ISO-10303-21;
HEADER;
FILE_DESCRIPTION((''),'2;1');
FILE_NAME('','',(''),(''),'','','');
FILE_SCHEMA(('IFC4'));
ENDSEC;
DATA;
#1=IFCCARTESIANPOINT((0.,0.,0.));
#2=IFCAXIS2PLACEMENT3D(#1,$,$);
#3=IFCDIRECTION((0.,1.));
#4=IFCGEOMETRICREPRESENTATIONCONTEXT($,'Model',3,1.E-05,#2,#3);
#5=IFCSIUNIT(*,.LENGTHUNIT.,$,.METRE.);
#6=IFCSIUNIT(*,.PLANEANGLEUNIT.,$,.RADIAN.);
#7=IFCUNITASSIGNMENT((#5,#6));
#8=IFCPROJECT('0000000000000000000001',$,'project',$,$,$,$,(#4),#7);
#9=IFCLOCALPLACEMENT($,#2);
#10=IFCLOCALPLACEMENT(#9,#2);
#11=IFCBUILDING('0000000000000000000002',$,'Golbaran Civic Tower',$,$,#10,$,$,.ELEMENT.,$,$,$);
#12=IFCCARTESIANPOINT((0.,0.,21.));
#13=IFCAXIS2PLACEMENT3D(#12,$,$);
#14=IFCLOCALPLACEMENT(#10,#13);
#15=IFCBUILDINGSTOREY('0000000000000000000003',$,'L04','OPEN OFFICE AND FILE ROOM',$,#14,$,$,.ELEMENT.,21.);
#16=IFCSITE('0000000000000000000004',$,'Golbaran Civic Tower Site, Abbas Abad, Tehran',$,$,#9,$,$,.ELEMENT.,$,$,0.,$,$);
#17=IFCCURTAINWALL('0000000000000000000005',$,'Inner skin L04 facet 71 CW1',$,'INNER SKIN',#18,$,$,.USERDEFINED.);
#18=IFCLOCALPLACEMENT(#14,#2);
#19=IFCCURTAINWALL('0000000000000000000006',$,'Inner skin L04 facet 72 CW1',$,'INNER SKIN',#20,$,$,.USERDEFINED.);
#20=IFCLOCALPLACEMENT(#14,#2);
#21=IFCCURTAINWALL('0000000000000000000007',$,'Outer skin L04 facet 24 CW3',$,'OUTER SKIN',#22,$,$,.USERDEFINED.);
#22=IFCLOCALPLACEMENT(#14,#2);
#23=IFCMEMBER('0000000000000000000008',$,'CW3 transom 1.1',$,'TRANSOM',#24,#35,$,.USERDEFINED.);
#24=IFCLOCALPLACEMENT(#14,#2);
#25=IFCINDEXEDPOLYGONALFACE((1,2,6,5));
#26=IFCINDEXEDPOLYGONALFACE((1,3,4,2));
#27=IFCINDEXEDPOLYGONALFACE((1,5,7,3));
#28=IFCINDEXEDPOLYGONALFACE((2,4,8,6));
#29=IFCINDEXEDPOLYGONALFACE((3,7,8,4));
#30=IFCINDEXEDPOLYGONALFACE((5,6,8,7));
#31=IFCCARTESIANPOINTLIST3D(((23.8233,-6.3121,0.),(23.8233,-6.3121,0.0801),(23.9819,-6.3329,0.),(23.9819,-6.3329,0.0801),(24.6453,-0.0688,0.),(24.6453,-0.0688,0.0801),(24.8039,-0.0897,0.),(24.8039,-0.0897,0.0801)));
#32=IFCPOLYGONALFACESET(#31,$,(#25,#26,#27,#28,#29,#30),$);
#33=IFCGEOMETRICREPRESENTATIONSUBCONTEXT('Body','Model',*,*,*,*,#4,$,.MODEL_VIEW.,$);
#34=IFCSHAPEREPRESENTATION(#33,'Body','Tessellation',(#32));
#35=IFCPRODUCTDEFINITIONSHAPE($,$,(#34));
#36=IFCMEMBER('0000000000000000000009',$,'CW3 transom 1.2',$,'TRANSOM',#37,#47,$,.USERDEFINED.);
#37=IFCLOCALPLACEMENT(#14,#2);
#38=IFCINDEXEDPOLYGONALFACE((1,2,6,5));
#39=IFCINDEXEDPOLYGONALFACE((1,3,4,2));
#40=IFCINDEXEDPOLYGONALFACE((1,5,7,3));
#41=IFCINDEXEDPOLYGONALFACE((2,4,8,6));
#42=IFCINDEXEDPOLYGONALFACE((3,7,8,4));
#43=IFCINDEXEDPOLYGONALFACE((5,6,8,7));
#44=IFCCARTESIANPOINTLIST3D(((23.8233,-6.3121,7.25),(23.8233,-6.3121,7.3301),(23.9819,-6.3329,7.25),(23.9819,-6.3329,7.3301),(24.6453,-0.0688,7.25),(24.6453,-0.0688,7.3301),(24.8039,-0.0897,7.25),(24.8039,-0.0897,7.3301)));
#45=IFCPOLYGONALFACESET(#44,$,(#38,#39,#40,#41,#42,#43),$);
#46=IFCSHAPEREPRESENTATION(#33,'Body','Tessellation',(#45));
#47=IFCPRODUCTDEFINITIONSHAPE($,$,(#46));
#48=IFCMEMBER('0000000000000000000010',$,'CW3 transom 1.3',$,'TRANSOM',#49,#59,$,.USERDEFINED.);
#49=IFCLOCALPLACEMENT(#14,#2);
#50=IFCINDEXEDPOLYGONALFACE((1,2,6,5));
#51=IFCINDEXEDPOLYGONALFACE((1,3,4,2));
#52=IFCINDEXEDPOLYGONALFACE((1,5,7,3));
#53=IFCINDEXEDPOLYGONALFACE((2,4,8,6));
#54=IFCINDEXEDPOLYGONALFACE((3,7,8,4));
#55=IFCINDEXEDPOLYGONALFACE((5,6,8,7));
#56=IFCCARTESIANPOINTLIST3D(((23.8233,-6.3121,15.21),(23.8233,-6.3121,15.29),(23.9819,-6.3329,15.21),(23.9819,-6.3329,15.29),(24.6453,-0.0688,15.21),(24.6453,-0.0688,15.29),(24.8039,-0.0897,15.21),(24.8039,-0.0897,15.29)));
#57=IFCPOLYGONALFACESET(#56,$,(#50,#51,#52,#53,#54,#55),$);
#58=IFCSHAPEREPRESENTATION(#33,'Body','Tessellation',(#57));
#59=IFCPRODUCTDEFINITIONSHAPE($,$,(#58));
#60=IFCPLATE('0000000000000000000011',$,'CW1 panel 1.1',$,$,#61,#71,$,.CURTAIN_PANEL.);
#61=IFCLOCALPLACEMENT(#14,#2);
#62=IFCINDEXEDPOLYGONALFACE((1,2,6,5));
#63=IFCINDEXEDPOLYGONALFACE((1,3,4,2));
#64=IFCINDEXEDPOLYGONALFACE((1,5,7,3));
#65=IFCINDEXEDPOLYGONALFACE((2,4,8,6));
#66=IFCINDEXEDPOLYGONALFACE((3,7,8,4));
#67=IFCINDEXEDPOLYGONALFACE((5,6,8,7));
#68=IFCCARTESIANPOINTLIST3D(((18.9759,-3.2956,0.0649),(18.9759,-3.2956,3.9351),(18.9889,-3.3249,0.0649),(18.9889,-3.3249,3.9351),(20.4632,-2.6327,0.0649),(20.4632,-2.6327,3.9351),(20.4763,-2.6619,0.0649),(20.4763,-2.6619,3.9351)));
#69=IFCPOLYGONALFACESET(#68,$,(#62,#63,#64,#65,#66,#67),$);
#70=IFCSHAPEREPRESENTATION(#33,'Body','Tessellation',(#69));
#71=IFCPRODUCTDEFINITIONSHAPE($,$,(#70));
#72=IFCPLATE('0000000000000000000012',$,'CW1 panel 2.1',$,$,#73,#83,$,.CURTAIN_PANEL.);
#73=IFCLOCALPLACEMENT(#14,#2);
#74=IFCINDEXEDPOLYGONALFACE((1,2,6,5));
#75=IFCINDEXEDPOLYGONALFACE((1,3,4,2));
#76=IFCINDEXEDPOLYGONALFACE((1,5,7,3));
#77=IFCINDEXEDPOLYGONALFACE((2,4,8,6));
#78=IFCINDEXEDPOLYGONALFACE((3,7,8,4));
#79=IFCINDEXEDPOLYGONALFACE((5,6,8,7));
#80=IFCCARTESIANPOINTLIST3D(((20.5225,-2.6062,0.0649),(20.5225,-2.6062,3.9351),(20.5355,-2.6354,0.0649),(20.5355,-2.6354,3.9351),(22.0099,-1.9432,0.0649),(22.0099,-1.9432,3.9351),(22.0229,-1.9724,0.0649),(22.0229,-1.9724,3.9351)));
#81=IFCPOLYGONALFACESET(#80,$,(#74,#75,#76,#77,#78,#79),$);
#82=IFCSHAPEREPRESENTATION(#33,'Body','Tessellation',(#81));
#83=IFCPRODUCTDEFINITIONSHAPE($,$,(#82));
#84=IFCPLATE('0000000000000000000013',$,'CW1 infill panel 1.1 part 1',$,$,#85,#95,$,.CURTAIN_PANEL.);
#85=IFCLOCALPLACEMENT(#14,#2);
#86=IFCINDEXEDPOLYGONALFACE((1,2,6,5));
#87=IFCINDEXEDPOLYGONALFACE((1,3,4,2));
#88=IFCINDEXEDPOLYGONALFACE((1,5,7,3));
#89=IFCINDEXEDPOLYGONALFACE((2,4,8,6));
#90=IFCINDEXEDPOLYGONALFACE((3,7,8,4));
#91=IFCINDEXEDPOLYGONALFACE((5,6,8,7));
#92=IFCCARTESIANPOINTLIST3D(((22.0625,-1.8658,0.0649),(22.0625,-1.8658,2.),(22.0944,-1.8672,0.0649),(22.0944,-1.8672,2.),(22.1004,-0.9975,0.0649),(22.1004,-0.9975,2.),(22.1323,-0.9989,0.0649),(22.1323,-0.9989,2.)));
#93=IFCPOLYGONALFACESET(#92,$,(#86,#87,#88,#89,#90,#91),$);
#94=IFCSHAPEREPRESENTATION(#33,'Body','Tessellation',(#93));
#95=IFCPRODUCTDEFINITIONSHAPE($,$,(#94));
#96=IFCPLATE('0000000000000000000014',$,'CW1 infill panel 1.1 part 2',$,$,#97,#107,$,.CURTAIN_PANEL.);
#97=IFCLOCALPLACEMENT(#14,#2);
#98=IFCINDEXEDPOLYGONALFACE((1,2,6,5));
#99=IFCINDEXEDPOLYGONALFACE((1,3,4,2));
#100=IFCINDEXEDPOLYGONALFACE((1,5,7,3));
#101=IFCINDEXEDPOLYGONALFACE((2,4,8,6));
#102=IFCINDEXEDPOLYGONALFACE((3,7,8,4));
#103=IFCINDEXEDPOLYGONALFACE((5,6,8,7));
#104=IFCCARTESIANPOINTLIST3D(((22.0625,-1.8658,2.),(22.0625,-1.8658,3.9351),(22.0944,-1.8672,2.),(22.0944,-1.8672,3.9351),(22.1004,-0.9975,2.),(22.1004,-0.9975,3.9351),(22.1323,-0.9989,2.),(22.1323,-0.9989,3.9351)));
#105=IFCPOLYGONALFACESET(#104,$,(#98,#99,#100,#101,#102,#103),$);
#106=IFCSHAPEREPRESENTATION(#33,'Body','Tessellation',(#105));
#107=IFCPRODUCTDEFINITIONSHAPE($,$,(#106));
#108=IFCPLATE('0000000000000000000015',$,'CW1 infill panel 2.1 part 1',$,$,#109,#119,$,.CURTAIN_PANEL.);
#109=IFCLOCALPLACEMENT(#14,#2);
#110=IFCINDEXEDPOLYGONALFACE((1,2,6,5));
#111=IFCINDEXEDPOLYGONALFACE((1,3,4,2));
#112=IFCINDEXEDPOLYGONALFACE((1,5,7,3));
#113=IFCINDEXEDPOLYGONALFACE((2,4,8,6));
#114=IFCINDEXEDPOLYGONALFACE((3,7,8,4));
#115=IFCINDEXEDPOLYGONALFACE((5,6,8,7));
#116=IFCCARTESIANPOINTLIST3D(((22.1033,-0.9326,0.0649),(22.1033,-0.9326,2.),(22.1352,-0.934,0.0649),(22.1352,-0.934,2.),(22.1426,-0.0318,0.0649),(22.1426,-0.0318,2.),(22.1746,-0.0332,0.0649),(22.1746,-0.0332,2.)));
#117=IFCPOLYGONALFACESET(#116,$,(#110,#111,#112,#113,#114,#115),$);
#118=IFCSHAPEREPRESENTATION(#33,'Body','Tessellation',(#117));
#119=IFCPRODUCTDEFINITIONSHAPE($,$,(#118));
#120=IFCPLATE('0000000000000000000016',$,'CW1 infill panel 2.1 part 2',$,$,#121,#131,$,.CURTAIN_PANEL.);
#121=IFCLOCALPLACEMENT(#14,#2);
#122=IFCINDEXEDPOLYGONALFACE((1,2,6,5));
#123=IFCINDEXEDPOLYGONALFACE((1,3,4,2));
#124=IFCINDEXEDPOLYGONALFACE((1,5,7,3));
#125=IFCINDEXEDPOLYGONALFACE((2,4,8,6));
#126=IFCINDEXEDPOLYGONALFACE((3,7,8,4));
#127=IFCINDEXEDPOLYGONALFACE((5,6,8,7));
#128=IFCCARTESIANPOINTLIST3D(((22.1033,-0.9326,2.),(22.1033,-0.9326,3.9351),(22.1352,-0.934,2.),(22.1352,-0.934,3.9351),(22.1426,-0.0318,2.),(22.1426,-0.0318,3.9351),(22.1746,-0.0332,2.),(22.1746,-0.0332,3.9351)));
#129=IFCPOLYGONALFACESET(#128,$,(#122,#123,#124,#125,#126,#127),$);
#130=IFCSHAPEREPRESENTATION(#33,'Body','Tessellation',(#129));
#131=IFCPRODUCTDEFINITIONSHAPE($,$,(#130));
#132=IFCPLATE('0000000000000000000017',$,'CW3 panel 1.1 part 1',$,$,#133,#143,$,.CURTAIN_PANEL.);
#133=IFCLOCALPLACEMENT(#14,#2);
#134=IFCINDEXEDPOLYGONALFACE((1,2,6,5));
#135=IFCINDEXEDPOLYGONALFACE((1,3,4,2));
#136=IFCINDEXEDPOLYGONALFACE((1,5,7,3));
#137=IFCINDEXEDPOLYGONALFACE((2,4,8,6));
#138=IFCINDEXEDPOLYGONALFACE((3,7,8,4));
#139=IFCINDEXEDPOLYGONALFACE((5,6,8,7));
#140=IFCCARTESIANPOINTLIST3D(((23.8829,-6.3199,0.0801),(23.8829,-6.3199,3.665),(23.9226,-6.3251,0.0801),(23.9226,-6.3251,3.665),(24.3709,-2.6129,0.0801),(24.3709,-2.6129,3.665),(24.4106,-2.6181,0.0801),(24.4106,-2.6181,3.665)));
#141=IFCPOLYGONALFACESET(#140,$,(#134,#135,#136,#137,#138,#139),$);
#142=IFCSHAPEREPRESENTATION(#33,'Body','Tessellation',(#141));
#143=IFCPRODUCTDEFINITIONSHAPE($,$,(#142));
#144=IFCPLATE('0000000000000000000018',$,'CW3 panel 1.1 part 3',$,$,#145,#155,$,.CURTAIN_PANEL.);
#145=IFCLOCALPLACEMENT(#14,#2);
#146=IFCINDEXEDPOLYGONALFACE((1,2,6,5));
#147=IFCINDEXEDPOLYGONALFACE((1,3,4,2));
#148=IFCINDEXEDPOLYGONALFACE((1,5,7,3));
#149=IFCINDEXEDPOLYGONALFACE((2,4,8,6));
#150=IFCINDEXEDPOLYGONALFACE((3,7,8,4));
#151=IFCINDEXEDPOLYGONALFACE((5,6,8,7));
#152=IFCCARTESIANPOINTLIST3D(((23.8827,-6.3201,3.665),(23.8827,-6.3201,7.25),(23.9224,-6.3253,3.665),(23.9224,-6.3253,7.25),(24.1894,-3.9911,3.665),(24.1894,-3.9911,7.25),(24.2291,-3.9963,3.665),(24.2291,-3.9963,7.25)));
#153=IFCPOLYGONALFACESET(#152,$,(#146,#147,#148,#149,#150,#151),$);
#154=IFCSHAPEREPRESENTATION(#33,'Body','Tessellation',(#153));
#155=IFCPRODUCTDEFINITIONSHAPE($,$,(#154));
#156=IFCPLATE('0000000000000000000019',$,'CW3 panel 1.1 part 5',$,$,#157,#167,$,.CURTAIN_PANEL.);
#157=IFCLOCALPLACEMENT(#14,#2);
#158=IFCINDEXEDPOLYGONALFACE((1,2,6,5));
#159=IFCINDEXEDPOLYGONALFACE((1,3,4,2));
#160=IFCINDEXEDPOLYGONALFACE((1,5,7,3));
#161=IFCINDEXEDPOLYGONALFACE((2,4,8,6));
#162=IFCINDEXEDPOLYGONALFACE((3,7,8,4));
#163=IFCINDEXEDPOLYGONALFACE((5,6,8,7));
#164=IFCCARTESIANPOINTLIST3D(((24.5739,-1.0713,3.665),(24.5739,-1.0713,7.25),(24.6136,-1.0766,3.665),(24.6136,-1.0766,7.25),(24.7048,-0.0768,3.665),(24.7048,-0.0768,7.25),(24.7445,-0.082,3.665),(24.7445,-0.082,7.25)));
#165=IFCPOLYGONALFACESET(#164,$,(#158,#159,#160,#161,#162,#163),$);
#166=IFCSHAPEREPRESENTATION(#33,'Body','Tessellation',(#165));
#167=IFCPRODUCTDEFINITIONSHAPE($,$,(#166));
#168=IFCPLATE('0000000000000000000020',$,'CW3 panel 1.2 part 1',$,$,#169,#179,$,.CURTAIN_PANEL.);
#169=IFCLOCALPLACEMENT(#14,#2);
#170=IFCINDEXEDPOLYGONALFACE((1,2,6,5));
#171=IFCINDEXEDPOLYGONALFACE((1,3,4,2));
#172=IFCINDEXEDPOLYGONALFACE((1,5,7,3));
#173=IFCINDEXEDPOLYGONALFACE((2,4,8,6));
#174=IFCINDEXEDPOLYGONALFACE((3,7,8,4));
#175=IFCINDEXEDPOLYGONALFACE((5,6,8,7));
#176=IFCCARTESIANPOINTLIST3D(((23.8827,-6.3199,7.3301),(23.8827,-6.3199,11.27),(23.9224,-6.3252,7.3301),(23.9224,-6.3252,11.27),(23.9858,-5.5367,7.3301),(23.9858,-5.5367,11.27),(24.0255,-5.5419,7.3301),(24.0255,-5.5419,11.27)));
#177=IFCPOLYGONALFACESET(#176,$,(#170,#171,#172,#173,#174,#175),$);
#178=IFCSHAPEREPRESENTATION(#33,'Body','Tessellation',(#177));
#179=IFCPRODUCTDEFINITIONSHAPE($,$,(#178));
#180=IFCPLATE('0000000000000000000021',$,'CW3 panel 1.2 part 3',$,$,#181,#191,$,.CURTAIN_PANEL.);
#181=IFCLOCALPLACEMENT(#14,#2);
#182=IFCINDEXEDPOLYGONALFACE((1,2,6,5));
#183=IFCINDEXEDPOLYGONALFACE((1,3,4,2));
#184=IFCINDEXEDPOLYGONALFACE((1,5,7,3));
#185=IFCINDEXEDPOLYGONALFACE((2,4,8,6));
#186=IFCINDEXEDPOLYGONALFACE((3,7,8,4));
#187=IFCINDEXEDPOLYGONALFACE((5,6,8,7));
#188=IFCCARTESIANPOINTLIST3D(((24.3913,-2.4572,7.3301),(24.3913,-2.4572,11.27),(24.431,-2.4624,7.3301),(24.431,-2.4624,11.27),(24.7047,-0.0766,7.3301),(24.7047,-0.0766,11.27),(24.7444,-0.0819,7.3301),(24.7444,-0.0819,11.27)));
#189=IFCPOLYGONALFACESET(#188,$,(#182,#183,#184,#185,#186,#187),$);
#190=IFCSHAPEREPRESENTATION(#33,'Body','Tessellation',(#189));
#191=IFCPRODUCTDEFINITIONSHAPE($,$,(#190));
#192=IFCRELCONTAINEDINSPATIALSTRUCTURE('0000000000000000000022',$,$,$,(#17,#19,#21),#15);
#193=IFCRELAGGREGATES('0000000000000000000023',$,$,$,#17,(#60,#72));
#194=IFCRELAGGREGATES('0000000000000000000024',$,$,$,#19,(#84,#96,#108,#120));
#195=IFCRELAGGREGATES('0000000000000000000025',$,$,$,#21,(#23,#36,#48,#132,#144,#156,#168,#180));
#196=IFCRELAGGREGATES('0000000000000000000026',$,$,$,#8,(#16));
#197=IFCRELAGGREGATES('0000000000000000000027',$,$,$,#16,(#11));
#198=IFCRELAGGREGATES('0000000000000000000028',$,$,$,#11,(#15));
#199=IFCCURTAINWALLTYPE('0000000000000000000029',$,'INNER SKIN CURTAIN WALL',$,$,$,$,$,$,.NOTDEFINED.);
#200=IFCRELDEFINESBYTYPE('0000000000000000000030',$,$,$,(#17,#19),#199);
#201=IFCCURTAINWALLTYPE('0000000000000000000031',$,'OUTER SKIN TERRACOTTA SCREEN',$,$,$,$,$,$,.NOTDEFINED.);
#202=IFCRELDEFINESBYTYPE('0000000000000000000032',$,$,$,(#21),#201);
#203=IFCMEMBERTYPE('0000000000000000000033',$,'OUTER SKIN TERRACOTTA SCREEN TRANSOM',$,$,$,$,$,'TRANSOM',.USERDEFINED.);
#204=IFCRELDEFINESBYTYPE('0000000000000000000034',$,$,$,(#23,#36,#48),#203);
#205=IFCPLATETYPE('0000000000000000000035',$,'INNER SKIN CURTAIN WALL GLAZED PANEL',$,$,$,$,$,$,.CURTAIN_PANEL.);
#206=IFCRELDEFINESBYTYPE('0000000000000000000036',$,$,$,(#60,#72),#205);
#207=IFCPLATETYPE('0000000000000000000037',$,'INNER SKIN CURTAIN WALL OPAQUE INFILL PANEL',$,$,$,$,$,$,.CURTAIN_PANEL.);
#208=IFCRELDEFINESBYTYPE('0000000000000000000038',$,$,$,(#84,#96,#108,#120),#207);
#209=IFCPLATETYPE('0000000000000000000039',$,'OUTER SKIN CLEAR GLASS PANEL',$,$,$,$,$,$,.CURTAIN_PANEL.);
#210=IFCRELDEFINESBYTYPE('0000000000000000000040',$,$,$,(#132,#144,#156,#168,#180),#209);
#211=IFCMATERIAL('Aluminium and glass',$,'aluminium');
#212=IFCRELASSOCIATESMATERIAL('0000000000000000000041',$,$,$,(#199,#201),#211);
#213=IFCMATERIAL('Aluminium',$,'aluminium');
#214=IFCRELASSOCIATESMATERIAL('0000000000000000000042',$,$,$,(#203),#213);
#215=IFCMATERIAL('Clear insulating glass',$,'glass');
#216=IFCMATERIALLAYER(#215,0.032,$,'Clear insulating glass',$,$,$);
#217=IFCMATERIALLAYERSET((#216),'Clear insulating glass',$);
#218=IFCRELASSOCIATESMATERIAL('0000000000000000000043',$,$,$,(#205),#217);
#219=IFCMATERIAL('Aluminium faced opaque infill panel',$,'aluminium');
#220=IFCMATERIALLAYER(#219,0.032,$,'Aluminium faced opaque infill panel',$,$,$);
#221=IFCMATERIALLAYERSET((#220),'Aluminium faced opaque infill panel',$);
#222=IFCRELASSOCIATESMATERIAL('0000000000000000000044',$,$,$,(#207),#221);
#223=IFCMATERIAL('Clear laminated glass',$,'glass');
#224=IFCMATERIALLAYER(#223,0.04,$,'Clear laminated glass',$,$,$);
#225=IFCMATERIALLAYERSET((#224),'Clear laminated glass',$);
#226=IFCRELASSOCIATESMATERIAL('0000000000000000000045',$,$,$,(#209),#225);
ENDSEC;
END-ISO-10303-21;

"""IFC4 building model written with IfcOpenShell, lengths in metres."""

from ifc_helpers import new_model, si_unit, direction, frame, origin, origin_2d, place, context, subcontext, project, spatial, rectangle, extrude, material, layer, layer_set, material_profile, profile_set, type_object, element, aggregate, save


model = new_model("IFC4")

# Units and contexts
model_context = context("Model", 3, precision=1e-05, world=origin(), true_north=direction((0.0, 1.0)))
body_context = subcontext(model_context, "Body", "Model", "MODEL_VIEW")
ifc_project = project(units=[si_unit("LENGTHUNIT", "METRE"), si_unit("PLANEANGLEUNIT", "RADIAN")], contexts=[model_context])

# Site, building, storey
site_placement = place(None, origin())
site = spatial("IfcSite", under=ifc_project, at=site_placement, Name="Golbaran Civic Tower Site, Abbas Abad, Tehran", CompositionType="ELEMENT", RefElevation=0.0)
building_placement = place(site_placement, origin())
building = spatial("IfcBuilding", under=site, at=building_placement, Name="Golbaran Civic Tower", CompositionType="ELEMENT")
storey_placement = place(building_placement, frame((0.0, 0.0, 21.0)))
storey = spatial("IfcBuildingStorey", under=building, at=storey_placement, Name="L04", Description="OPEN OFFICE AND FILE ROOM", CompositionType="ELEMENT", Elevation=21.0)

# Curtain walls
ifc_material_1 = material(Name="Aluminium and glass", Category="aluminium")
curtain_wall_type_1 = type_object("IfcCurtainWallType", Name="INNER SKIN CURTAIN WALL", PredefinedType="NOTDEFINED", material=ifc_material_1)
curtain_wall_1_placement = place(storey_placement, origin())
curtain_wall_1 = element("IfcCurtainWall", 1, at=curtain_wall_1_placement, inside=storey, type_object=curtain_wall_type_1, Name="Inner skin L04 facet 71 CW1", ObjectType="INNER SKIN", PredefinedType="USERDEFINED")
ifc_material_2 = material(Name="Aluminium", Category="aluminium")
curtain_wall_2_placement = place(storey_placement, origin())
curtain_wall_2 = element("IfcCurtainWall", 2, at=curtain_wall_2_placement, inside=storey, type_object=curtain_wall_type_1, Name="Inner skin L04 facet 72 CW1", ObjectType="INNER SKIN", PredefinedType="USERDEFINED")

# Shared definitions
curtain_wall_type_2 = type_object("IfcCurtainWallType", Name="OUTER SKIN TERRACOTTA SCREEN", PredefinedType="NOTDEFINED", material=ifc_material_1)

# Curtain wall, members
curtain_wall_3_placement = place(storey_placement, origin())
curtain_wall_3 = element("IfcCurtainWall", 3, at=curtain_wall_3_placement, inside=storey, type_object=curtain_wall_type_2, Name="Outer skin L04 facet 24 CW3", ObjectType="OUTER SKIN", PredefinedType="USERDEFINED")
ifc_material_profile_1 = material_profile(ifc_material_2, rectangle(XDim=0.1599, YDim=0.0801, at=origin_2d()), Name="OUTER SKIN TERRACOTTA SCREEN TRANSOM")
ifc_profile_set_1 = profile_set([ifc_material_profile_1], Name="Aluminium")
member_type_1 = type_object("IfcMemberType", Name="OUTER SKIN TERRACOTTA SCREEN TRANSOM", ElementType="TRANSOM", PredefinedType="USERDEFINED", material=ifc_profile_set_1)
member_1_placement = place(storey_placement, frame((23.9026, -6.3225, 0.04), z_axis=(0.130541, 0.991443, 0.0), x_axis=(-0.991443, 0.130541, 0.0)))
member_1 = element("IfcMember", 4, at=member_1_placement, type_object=member_type_1, Name="CW3 transom 1.1", ObjectType="TRANSOM", PredefinedType="USERDEFINED", context=body_context, shape_type="SweptSolid", body=[
    extrude(rectangle(XDim=0.1599, YDim=0.0801, at=origin_2d()), origin(), (0.0, 0.0, 1.0), 6.2971),
])
member_2_placement = place(storey_placement, frame((23.9026, -6.3225, 7.29), z_axis=(0.130541, 0.991443, 0.0), x_axis=(-0.991443, 0.130541, 0.0)))
member_2 = element("IfcMember", 5, at=member_2_placement, type_object=member_type_1, Name="CW3 transom 1.2", ObjectType="TRANSOM", PredefinedType="USERDEFINED", context=body_context, shape_type="SweptSolid", body=[
    extrude(rectangle(XDim=0.1599, YDim=0.0801, at=origin_2d()), origin(), (0.0, 0.0, 1.0), 6.2971),
])
member_3_placement = place(storey_placement, frame((23.9026, -6.3225, 15.25), z_axis=(0.130541, 0.991443, 0.0), x_axis=(-0.991443, 0.130541, 0.0)))
member_3 = element("IfcMember", 6, at=member_3_placement, type_object=member_type_1, Name="CW3 transom 1.3", ObjectType="TRANSOM", PredefinedType="USERDEFINED", context=body_context, shape_type="SweptSolid", body=[
    extrude(rectangle(XDim=0.1599, YDim=0.0801, at=origin_2d()), origin(), (0.0, 0.0, 1.0), 6.2971),
])

# Plates
ifc_material_3 = material(Name="Clear insulating glass", Category="glass")
ifc_layer_1 = layer(ifc_material_3, 0.032, Name="Clear insulating glass")
ifc_layer_set_1 = layer_set([ifc_layer_1], Name="Clear insulating glass")
plate_type_1 = type_object("IfcPlateType", Name="INNER SKIN CURTAIN WALL GLAZED PANEL", PredefinedType="CURTAIN_PANEL", material=ifc_layer_set_1)
plate_1_placement = place(storey_placement, frame((19.7261, -2.9788, 0.0649), z_axis=(0.0, 0.0, 1.0), x_axis=(0.913367, 0.407136, 0.0)))
plate_1 = element("IfcPlate", 7, at=plate_1_placement, type_object=plate_type_1, Name="CW1 panel 1.1", PredefinedType="CURTAIN_PANEL", context=body_context, shape_type="SweptSolid", body=[
    extrude(rectangle(XDim=1.6284, YDim=0.032, at=origin_2d()), origin(), (0.0, 0.0, 1.0), 3.8701),
])
plate_2_placement = place(storey_placement, frame((21.2727, -2.2893, 0.0649), z_axis=(0.0, 0.0, 1.0), x_axis=(0.913367, 0.407136, 0.0)))
plate_2 = element("IfcPlate", 8, at=plate_2_placement, type_object=plate_type_1, Name="CW1 panel 2.1", PredefinedType="CURTAIN_PANEL", context=body_context, shape_type="SweptSolid", body=[
    extrude(rectangle(XDim=1.6284, YDim=0.032, at=origin_2d()), origin(), (0.0, 0.0, 1.0), 3.8701),
])
aggregate(curtain_wall_1, [plate_1, plate_2])
ifc_material_4 = material(Name="Aluminium faced opaque infill panel", Category="aluminium")
ifc_layer_2 = layer(ifc_material_4, 0.032, Name="Aluminium faced opaque infill panel")
ifc_layer_set_2 = layer_set([ifc_layer_2], Name="Aluminium faced opaque infill panel")
plate_type_2 = type_object("IfcPlateType", Name="INNER SKIN CURTAIN WALL OPAQUE INFILL PANEL", PredefinedType="CURTAIN_PANEL", material=ifc_layer_set_2)
plate_3_placement = place(storey_placement, frame((22.0974, -1.4324, 0.0649), z_axis=(0.0, 0.0, 1.0), x_axis=(0.043619, 0.999048, 0.0)))
plate_3 = element("IfcPlate", 9, at=plate_3_placement, type_object=plate_type_2, Name="CW1 infill panel 1.1 part 1", PredefinedType="CURTAIN_PANEL", context=body_context, shape_type="SweptSolid", body=[
    extrude(rectangle(XDim=0.8691, YDim=0.032, at=origin_2d()), origin(), (0.0, 0.0, 1.0), 1.9351),
])
plate_4_placement = place(storey_placement, frame((22.0974, -1.4324, 2.0), z_axis=(0.0, 0.0, 1.0), x_axis=(0.043619, 0.999048, 0.0)))
plate_4 = element("IfcPlate", 10, at=plate_4_placement, type_object=plate_type_2, Name="CW1 infill panel 1.1 part 2", PredefinedType="CURTAIN_PANEL", context=body_context, shape_type="SweptSolid", body=[
    extrude(rectangle(XDim=0.8691, YDim=0.032, at=origin_2d()), origin(), (0.0, 0.0, 1.0), 1.9351),
])
plate_5_placement = place(storey_placement, frame((22.1389, -0.4829, 0.0649), z_axis=(0.0, 0.0, 1.0), x_axis=(0.043619, 0.999048, 0.0)))
plate_5 = element("IfcPlate", 11, at=plate_5_placement, type_object=plate_type_2, Name="CW1 infill panel 2.1 part 1", PredefinedType="CURTAIN_PANEL", context=body_context, shape_type="SweptSolid", body=[
    extrude(rectangle(XDim=0.9016, YDim=0.032, at=origin_2d()), origin(), (0.0, 0.0, 1.0), 1.9351),
])
plate_6_placement = place(storey_placement, frame((22.1389, -0.4829, 2.0), z_axis=(0.0, 0.0, 1.0), x_axis=(0.043619, 0.999048, 0.0)))
plate_6 = element("IfcPlate", 12, at=plate_6_placement, type_object=plate_type_2, Name="CW1 infill panel 2.1 part 2", PredefinedType="CURTAIN_PANEL", context=body_context, shape_type="SweptSolid", body=[
    extrude(rectangle(XDim=0.9016, YDim=0.032, at=origin_2d()), origin(), (0.0, 0.0, 1.0), 1.9351),
])
aggregate(curtain_wall_2, [plate_3, plate_4, plate_5, plate_6])
ifc_material_5 = material(Name="Clear laminated glass", Category="glass")
ifc_layer_3 = layer(ifc_material_5, 0.04, Name="Clear laminated glass")
ifc_layer_set_3 = layer_set([ifc_layer_3], Name="Clear laminated glass")
plate_type_3 = type_object("IfcPlateType", Name="OUTER SKIN CLEAR GLASS PANEL", PredefinedType="CURTAIN_PANEL", material=ifc_layer_set_3)
plate_7_placement = place(storey_placement, frame((24.1467, -4.469, 0.0801), z_axis=(0.0, 0.0, 1.0), x_axis=(0.130526, 0.991445, 0.0)))
plate_7 = element("IfcPlate", 13, at=plate_7_placement, type_object=plate_type_3, Name="CW3 panel 1.1 part 1", PredefinedType="CURTAIN_PANEL", context=body_context, shape_type="SweptSolid", body=[
    extrude(rectangle(XDim=3.739, YDim=0.04, at=origin_2d()), origin(), (0.0, 0.0, 1.0), 3.585),
])
plate_8_placement = place(storey_placement, frame((24.0559, -5.1582, 3.665), z_axis=(0.0, 0.0, 1.0), x_axis=(0.130526, 0.991445, 0.0)))
plate_8 = element("IfcPlate", 14, at=plate_8_placement, type_object=plate_type_3, Name="CW3 panel 1.1 part 3", PredefinedType="CURTAIN_PANEL", context=body_context, shape_type="SweptSolid", body=[
    extrude(rectangle(XDim=2.3491, YDim=0.04, at=origin_2d()), origin(), (0.0, 0.0, 1.0), 3.585),
])
plate_9_placement = place(storey_placement, frame((24.6592, -0.5767, 3.665), z_axis=(0.0, 0.0, 1.0), x_axis=(0.130526, 0.991445, 0.0)))
plate_9 = element("IfcPlate", 15, at=plate_9_placement, type_object=plate_type_3, Name="CW3 panel 1.1 part 5", PredefinedType="CURTAIN_PANEL", context=body_context, shape_type="SweptSolid", body=[
    extrude(rectangle(XDim=1.0032, YDim=0.04, at=origin_2d()), origin(), (0.0, 0.0, 1.0), 3.585),
])
plate_10_placement = place(storey_placement, frame((23.9541, -5.9309, 7.3301), z_axis=(0.0, 0.0, 1.0), x_axis=(0.130526, 0.991445, 0.0)))
plate_10 = element("IfcPlate", 16, at=plate_10_placement, type_object=plate_type_3, Name="CW3 panel 1.2 part 1", PredefinedType="CURTAIN_PANEL", context=body_context, shape_type="SweptSolid", body=[
    extrude(rectangle(XDim=0.79, YDim=0.04, at=origin_2d()), origin(), (0.0, 0.0, 1.0), 3.9399),
])
plate_11_placement = place(storey_placement, frame((24.5679, -1.2695, 7.3301), z_axis=(0.0, 0.0, 1.0), x_axis=(0.130526, 0.991445, 0.0)))
plate_11 = element("IfcPlate", 17, at=plate_11_placement, type_object=plate_type_3, Name="CW3 panel 1.2 part 3", PredefinedType="CURTAIN_PANEL", context=body_context, shape_type="SweptSolid", body=[
    extrude(rectangle(XDim=2.4011, YDim=0.04, at=origin_2d()), origin(), (0.0, 0.0, 1.0), 3.9399),
])
aggregate(curtain_wall_3, [member_1, member_2, member_3, plate_7, plate_8, plate_9, plate_10, plate_11])

save(model, "model.ifc")
